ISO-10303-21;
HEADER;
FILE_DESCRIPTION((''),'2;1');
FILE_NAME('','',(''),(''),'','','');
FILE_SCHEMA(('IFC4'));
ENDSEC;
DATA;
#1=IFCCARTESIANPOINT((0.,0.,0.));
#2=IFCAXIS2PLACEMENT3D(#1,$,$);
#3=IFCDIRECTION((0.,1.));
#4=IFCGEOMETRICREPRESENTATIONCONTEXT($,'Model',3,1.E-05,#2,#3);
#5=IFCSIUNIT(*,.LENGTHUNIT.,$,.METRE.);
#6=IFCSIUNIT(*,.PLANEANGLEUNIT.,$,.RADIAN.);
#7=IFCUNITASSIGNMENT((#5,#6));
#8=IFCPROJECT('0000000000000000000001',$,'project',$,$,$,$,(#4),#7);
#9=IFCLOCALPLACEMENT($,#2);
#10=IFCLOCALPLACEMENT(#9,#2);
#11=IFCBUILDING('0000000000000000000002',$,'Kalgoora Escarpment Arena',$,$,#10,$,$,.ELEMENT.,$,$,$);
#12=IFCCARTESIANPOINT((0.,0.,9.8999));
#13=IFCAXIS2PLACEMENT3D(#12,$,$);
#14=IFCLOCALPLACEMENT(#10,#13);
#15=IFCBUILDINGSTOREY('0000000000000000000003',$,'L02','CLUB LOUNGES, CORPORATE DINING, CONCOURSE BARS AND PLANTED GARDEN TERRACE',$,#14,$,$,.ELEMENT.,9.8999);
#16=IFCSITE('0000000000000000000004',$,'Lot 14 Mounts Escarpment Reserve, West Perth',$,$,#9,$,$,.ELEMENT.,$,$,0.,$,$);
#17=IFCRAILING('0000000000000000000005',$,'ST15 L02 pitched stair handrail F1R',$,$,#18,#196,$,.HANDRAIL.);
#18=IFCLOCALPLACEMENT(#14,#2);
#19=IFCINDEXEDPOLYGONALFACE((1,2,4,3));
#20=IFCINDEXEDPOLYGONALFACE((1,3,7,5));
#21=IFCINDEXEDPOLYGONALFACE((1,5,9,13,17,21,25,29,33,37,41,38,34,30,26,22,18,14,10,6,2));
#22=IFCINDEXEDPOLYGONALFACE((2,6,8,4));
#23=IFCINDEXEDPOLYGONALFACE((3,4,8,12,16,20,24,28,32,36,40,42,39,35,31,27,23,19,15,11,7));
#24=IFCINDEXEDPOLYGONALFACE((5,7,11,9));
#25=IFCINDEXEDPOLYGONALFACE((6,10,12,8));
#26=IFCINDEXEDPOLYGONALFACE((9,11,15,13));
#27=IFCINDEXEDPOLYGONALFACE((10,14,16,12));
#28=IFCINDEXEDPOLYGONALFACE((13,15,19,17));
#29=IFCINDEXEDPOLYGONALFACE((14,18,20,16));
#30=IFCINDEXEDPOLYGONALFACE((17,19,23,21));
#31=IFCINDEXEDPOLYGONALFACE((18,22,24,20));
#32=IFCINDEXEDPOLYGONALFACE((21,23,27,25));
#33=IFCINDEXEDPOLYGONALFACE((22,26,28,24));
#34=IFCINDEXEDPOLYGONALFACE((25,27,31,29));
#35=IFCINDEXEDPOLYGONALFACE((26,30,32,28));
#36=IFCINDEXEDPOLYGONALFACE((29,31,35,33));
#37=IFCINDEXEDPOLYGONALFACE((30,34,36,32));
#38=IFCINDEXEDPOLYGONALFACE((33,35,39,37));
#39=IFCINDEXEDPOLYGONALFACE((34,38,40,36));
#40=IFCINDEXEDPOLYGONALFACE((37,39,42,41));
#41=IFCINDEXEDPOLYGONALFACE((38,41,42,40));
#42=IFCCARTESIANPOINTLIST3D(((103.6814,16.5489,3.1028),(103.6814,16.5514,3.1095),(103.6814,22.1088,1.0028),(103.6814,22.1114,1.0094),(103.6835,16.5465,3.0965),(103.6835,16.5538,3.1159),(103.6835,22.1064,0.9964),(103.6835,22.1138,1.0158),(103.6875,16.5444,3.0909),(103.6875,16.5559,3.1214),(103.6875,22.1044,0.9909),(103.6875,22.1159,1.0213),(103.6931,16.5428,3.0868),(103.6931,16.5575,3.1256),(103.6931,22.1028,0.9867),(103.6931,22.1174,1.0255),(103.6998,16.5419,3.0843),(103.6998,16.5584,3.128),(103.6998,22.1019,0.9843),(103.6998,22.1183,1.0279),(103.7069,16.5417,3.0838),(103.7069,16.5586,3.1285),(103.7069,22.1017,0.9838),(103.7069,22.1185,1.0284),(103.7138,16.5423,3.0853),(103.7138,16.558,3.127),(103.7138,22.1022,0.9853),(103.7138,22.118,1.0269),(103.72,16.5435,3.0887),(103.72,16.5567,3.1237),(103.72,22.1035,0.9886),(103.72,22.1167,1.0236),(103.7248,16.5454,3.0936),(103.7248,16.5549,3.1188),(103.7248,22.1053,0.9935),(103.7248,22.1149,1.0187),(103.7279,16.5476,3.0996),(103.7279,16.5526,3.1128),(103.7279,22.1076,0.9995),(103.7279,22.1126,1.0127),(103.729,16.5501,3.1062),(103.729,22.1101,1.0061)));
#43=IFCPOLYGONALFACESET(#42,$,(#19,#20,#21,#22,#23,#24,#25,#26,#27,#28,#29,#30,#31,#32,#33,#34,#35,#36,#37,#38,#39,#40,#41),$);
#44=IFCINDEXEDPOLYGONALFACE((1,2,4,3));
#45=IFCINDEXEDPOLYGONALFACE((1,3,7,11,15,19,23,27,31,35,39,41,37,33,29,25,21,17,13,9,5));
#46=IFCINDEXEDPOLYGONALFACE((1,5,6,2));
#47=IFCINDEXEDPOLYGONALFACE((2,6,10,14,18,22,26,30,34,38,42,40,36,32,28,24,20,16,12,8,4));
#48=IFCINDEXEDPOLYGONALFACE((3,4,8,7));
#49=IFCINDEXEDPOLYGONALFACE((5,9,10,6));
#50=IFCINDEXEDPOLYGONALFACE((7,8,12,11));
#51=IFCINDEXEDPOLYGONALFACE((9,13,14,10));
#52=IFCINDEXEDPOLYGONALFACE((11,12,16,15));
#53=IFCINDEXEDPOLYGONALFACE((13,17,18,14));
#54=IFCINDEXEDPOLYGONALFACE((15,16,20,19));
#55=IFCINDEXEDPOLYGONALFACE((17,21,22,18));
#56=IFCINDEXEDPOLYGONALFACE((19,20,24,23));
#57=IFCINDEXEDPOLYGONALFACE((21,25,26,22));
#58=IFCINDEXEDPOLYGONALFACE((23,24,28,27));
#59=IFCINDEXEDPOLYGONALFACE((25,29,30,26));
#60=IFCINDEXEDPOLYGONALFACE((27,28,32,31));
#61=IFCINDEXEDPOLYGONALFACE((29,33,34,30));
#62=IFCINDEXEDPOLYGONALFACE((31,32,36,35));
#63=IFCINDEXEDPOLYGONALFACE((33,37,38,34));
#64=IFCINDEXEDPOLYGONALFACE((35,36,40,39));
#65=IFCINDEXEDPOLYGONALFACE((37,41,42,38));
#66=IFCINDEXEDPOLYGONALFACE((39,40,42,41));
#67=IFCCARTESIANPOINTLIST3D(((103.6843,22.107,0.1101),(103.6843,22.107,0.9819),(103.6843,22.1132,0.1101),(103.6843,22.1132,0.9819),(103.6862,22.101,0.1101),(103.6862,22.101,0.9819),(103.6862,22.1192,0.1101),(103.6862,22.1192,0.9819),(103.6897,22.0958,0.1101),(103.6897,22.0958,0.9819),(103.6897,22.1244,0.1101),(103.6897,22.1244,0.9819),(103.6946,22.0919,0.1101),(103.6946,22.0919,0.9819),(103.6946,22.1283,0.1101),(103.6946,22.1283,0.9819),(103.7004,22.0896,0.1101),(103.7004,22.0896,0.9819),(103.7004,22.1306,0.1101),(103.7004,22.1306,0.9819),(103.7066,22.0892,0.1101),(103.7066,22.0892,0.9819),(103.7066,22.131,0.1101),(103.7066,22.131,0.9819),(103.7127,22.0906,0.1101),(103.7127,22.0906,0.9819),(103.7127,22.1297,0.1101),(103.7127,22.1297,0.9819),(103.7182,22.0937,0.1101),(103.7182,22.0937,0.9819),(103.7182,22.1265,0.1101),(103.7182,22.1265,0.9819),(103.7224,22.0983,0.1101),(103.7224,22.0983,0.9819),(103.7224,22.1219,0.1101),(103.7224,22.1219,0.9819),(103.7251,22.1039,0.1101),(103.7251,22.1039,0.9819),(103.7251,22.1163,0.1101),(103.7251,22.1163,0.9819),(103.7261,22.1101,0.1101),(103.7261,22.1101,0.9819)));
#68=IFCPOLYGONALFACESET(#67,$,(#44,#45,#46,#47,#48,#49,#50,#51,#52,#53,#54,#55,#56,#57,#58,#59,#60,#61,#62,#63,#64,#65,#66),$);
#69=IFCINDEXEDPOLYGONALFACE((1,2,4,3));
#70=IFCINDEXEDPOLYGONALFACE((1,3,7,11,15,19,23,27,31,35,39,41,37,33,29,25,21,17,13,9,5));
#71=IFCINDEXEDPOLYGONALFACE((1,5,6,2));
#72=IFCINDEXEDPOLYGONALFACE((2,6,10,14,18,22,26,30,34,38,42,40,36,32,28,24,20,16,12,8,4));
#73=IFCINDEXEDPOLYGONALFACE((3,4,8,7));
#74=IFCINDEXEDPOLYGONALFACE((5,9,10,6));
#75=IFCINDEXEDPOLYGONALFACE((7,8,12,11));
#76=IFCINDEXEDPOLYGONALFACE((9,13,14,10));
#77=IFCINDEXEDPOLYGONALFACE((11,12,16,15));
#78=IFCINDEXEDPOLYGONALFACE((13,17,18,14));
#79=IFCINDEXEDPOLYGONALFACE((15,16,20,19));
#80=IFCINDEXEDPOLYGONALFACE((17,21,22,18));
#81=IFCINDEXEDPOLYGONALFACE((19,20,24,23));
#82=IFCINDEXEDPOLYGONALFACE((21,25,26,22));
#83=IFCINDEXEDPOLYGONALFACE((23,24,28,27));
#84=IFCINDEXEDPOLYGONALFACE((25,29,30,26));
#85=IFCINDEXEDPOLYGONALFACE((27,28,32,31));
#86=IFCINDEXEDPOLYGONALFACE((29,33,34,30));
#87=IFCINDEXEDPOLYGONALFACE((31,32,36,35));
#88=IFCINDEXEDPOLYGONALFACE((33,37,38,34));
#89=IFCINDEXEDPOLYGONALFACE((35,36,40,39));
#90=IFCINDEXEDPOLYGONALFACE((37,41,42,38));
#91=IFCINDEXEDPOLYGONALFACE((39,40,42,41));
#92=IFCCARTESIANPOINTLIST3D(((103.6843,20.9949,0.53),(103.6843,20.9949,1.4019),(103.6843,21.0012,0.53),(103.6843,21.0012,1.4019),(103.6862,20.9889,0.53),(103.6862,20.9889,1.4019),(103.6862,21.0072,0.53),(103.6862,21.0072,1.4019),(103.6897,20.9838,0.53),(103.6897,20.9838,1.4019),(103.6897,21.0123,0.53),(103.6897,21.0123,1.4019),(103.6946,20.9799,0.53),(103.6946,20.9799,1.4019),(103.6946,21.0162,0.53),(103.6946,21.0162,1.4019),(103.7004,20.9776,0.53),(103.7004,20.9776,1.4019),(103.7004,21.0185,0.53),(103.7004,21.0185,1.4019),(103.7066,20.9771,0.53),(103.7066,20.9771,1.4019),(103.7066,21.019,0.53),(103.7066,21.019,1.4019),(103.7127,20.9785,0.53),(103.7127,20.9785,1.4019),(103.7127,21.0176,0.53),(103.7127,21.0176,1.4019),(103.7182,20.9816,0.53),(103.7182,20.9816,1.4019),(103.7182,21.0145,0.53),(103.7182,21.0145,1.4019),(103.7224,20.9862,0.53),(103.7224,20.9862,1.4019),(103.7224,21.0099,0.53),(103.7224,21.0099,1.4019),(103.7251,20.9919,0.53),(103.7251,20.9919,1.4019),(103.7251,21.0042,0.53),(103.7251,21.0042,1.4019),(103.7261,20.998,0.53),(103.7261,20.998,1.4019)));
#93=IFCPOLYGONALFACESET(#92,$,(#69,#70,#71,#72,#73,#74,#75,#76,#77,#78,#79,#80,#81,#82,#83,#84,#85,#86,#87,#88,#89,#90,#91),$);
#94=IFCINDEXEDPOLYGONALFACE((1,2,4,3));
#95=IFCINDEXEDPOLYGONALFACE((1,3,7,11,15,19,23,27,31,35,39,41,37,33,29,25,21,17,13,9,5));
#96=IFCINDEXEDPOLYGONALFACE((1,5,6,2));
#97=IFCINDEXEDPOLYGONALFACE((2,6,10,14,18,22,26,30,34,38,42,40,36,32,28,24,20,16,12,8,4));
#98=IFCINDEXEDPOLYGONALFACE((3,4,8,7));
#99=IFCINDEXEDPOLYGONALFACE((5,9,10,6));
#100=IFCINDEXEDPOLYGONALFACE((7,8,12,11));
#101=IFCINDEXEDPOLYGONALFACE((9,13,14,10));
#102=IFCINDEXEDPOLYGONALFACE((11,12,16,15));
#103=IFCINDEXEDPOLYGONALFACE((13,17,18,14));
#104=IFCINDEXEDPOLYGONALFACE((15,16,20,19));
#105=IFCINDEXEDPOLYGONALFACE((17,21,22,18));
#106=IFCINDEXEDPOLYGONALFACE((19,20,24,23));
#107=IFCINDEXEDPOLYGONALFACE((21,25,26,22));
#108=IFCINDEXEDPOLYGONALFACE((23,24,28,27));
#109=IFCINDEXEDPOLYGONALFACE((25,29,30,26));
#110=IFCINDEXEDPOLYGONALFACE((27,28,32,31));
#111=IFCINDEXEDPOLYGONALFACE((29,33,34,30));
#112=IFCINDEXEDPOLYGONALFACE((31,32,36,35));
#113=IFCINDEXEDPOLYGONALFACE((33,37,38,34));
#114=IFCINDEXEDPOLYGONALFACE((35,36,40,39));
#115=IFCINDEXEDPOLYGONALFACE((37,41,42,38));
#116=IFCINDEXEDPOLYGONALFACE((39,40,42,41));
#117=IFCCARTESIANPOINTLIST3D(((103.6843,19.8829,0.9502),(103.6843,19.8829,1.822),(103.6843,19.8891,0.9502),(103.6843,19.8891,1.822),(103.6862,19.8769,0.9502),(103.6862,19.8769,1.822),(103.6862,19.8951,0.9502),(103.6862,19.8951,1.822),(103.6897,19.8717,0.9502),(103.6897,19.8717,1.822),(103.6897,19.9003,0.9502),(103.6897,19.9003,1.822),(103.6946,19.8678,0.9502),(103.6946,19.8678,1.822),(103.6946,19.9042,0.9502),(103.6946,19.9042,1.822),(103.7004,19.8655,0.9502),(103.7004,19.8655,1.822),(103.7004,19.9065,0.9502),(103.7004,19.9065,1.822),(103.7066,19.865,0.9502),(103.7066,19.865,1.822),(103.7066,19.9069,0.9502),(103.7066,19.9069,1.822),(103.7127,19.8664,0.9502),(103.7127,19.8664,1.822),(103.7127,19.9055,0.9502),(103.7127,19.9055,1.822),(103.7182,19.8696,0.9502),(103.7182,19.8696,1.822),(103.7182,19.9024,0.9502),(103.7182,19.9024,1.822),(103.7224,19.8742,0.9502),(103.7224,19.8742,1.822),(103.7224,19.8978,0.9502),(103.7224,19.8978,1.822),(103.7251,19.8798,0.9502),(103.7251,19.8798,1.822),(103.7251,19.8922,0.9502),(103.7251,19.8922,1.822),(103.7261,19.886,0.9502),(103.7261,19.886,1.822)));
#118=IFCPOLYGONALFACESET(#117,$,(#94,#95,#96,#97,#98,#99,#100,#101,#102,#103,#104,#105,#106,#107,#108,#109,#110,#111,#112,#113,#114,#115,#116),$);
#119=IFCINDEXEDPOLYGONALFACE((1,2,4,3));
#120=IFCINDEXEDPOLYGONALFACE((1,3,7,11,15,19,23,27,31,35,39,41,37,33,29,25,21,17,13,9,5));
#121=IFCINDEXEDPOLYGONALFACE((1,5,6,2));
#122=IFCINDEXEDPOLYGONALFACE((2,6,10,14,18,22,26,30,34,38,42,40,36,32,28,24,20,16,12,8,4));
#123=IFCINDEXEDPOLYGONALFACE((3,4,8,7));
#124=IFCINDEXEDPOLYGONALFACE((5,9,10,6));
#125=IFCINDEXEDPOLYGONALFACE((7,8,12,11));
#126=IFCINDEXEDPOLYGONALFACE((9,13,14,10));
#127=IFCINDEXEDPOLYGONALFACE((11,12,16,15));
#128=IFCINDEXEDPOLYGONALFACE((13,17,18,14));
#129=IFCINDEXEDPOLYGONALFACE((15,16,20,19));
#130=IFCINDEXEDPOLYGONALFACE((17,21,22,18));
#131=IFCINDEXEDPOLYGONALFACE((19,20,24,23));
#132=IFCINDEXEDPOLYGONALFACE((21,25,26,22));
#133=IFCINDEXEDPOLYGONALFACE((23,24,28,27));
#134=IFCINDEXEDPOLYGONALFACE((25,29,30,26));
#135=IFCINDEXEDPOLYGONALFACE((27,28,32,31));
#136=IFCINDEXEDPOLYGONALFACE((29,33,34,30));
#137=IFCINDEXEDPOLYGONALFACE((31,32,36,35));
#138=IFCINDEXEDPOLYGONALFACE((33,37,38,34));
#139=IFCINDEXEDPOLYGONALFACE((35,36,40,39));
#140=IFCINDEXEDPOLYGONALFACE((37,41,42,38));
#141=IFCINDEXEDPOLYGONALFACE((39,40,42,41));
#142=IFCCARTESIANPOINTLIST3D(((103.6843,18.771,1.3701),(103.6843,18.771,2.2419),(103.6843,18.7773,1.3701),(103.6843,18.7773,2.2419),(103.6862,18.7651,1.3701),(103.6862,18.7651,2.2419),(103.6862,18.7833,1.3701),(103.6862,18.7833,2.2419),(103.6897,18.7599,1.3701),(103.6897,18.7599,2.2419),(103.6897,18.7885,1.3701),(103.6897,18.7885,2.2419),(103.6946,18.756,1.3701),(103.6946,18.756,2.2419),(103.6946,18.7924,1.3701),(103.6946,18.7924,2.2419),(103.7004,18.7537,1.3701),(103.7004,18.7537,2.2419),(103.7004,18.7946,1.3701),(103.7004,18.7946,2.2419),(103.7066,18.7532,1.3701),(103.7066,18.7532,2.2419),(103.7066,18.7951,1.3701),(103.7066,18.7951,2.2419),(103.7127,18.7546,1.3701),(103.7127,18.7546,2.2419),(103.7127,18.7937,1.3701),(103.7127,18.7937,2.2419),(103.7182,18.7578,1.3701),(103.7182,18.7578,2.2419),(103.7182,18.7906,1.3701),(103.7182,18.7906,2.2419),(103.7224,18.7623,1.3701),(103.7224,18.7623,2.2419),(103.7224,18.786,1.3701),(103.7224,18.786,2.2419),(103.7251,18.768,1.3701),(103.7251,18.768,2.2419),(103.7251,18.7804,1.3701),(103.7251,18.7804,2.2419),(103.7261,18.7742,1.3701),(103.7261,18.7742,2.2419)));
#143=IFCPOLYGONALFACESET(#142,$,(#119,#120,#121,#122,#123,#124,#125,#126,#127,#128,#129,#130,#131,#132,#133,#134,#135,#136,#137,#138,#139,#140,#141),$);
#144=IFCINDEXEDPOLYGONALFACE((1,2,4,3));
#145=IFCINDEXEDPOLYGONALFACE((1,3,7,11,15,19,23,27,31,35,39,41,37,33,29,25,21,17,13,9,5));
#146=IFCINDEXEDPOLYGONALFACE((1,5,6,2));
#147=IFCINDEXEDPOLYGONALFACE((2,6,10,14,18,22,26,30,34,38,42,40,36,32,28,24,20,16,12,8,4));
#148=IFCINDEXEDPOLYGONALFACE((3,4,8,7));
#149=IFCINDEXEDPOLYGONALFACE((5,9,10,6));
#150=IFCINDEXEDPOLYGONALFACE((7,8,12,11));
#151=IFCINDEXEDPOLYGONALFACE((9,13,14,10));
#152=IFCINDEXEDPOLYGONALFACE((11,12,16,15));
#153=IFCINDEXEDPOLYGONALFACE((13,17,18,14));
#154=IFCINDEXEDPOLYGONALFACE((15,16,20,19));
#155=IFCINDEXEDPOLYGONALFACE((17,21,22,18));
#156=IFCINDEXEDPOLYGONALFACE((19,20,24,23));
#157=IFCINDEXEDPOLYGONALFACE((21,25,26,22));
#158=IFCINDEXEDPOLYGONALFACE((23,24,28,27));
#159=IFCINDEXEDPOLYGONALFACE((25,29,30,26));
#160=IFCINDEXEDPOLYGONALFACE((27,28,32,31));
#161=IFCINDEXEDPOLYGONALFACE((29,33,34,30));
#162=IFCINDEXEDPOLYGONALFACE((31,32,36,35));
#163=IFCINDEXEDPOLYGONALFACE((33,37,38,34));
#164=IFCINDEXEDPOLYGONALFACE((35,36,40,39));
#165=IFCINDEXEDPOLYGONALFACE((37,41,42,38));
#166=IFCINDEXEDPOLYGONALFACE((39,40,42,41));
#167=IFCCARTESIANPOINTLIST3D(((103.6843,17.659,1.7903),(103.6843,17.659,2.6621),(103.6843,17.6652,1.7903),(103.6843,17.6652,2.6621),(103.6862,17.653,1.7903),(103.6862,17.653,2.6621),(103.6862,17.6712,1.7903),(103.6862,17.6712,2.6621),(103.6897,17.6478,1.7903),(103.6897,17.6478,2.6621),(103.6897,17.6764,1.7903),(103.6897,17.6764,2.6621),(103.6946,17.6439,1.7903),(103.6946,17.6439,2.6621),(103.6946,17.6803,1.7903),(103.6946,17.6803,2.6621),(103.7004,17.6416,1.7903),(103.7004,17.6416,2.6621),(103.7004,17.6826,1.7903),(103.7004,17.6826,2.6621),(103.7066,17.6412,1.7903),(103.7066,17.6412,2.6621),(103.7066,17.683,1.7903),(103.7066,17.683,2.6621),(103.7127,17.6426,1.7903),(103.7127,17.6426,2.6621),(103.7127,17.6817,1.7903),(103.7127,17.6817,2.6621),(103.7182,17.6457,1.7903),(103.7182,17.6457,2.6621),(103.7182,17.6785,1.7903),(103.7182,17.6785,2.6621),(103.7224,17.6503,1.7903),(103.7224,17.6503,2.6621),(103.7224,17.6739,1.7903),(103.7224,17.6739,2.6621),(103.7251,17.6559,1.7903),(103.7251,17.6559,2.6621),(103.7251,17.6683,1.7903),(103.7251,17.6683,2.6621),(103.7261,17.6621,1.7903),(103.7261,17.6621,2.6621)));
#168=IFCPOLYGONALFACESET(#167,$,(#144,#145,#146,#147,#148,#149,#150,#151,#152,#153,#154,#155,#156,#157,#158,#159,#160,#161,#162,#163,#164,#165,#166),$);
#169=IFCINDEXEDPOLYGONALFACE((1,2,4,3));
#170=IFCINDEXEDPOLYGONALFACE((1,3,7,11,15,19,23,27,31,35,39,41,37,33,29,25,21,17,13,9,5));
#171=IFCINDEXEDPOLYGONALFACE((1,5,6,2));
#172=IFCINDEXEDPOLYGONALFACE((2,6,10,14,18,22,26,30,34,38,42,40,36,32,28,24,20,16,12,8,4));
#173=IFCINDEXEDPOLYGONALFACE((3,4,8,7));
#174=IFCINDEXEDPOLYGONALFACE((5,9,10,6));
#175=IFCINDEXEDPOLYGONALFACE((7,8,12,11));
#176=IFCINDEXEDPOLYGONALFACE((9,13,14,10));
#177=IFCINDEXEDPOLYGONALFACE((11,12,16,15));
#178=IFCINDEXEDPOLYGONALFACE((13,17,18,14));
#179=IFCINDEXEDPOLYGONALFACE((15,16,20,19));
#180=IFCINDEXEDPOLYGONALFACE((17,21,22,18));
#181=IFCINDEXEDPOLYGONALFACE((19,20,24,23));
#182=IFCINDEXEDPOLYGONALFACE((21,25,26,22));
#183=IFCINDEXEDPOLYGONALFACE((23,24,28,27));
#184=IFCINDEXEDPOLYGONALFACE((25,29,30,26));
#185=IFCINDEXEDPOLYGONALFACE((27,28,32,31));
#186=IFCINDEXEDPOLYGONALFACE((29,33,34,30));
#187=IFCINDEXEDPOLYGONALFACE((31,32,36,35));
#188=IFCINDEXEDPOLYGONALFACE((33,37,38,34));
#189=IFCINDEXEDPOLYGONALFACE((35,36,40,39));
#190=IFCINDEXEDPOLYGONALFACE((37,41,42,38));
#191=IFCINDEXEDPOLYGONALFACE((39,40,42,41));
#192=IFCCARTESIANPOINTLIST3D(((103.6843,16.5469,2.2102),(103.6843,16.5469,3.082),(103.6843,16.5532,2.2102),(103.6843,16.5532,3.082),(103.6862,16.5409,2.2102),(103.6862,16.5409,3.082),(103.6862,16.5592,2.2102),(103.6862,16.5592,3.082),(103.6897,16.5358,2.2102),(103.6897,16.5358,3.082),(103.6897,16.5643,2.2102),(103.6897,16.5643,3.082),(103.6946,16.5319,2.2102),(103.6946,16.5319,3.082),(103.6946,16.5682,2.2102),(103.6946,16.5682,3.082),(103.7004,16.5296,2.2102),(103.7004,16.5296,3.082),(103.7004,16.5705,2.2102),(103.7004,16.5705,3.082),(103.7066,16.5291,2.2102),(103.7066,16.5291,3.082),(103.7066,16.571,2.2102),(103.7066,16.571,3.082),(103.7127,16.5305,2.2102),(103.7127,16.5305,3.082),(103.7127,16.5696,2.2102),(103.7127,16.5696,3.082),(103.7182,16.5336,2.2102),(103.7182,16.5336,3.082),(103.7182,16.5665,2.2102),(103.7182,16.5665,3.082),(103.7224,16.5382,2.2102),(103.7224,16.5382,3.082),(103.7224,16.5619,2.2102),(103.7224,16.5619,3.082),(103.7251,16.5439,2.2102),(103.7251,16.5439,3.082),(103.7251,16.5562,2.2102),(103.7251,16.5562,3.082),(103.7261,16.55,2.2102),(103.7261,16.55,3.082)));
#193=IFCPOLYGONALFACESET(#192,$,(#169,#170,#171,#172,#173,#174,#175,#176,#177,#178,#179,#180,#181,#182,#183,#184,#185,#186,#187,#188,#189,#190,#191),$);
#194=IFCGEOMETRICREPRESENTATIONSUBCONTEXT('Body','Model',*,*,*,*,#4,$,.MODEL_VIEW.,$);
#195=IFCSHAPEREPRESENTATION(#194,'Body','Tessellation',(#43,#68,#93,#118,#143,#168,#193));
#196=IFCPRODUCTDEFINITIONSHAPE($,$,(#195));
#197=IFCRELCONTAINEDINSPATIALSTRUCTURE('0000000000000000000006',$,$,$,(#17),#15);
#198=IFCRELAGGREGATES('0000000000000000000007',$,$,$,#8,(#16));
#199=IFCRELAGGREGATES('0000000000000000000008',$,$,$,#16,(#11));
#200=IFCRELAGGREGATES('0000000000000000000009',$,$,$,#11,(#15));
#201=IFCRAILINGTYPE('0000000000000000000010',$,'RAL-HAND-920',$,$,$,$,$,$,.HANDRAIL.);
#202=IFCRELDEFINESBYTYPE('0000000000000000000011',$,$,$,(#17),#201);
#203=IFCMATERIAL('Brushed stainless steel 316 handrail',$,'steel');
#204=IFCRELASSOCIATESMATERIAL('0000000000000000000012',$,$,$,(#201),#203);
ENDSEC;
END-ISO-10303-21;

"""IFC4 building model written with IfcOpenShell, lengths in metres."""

from ifc_helpers import new_model, si_unit, direction, frame, origin, origin_2d, place, context, subcontext, project, spatial, circle, extrude, material, type_object, element, save


model = new_model("IFC4")

# Units and contexts
model_context = context("Model", 3, precision=1e-05, world=origin(), true_north=direction((0.0, 1.0)))
body_context = subcontext(model_context, "Body", "Model", "MODEL_VIEW")
ifc_project = project(units=[si_unit("LENGTHUNIT", "METRE"), si_unit("PLANEANGLEUNIT", "RADIAN")], contexts=[model_context])

# Site, building, storey
site_placement = place(None, origin())
site = spatial("IfcSite", under=ifc_project, at=site_placement, Name="Lot 14 Mounts Escarpment Reserve, West Perth", CompositionType="ELEMENT", RefElevation=0.0)
building_placement = place(site_placement, origin())
building = spatial("IfcBuilding", under=site, at=building_placement, Name="Kalgoora Escarpment Arena", CompositionType="ELEMENT")
storey_placement = place(building_placement, frame((0.0, 0.0, 9.8999)))
storey = spatial("IfcBuildingStorey", under=building, at=storey_placement, Name="L02", Description="CLUB LOUNGES, CORPORATE DINING, CONCOURSE BARS AND PLANTED GARDEN TERRACE", CompositionType="ELEMENT", Elevation=9.8999)

# Railing
ifc_material_1 = material(Name="Brushed stainless steel 316 handrail", Category="steel")
railing_type_1 = type_object("IfcRailingType", Name="RAL-HAND-920", PredefinedType="HANDRAIL", material=ifc_material_1)
railing_1_placement = place(storey_placement, frame((103.7051, 22.1101, 0.1101)))
element("IfcRailing", 1, at=railing_1_placement, inside=storey, type_object=railing_type_1, Name="ST15 L02 pitched stair handrail F1R", PredefinedType="HANDRAIL", context=body_context, shape_type="SweptSolid", body=[
    extrude(circle(Radius=0.0239, at=origin_2d()), frame((0.0, 0.0, 0.896), z_axis=(0.0, -0.935493, 0.353346), x_axis=(1.0, 0.0, 0.0)), (0.0, 0.0, 1.0), 5.9434),
    extrude(circle(Radius=0.021, at=origin_2d()), origin(), (0.0, 0.0, 1.0), 0.8718),
    extrude(circle(Radius=0.021, at=origin_2d()), frame((0.0, -1.1121, 0.4199)), (0.0, 0.0, 1.0), 0.8718),
    extrude(circle(Radius=0.021, at=origin_2d()), frame((0.0, -2.2241, 0.8401)), (0.0, 0.0, 1.0), 0.8718),
    extrude(circle(Radius=0.021, at=origin_2d()), frame((0.0, -3.3359, 1.26)), (0.0, 0.0, 1.0), 0.8718),
    extrude(circle(Radius=0.021, at=origin_2d()), frame((0.0, -4.448, 1.6802)), (0.0, 0.0, 1.0), 0.8718),
    extrude(circle(Radius=0.021, at=origin_2d()), frame((0.0, -5.5601, 2.1001)), (0.0, 0.0, 1.0), 0.8718),
])

save(model, "model.ifc")
